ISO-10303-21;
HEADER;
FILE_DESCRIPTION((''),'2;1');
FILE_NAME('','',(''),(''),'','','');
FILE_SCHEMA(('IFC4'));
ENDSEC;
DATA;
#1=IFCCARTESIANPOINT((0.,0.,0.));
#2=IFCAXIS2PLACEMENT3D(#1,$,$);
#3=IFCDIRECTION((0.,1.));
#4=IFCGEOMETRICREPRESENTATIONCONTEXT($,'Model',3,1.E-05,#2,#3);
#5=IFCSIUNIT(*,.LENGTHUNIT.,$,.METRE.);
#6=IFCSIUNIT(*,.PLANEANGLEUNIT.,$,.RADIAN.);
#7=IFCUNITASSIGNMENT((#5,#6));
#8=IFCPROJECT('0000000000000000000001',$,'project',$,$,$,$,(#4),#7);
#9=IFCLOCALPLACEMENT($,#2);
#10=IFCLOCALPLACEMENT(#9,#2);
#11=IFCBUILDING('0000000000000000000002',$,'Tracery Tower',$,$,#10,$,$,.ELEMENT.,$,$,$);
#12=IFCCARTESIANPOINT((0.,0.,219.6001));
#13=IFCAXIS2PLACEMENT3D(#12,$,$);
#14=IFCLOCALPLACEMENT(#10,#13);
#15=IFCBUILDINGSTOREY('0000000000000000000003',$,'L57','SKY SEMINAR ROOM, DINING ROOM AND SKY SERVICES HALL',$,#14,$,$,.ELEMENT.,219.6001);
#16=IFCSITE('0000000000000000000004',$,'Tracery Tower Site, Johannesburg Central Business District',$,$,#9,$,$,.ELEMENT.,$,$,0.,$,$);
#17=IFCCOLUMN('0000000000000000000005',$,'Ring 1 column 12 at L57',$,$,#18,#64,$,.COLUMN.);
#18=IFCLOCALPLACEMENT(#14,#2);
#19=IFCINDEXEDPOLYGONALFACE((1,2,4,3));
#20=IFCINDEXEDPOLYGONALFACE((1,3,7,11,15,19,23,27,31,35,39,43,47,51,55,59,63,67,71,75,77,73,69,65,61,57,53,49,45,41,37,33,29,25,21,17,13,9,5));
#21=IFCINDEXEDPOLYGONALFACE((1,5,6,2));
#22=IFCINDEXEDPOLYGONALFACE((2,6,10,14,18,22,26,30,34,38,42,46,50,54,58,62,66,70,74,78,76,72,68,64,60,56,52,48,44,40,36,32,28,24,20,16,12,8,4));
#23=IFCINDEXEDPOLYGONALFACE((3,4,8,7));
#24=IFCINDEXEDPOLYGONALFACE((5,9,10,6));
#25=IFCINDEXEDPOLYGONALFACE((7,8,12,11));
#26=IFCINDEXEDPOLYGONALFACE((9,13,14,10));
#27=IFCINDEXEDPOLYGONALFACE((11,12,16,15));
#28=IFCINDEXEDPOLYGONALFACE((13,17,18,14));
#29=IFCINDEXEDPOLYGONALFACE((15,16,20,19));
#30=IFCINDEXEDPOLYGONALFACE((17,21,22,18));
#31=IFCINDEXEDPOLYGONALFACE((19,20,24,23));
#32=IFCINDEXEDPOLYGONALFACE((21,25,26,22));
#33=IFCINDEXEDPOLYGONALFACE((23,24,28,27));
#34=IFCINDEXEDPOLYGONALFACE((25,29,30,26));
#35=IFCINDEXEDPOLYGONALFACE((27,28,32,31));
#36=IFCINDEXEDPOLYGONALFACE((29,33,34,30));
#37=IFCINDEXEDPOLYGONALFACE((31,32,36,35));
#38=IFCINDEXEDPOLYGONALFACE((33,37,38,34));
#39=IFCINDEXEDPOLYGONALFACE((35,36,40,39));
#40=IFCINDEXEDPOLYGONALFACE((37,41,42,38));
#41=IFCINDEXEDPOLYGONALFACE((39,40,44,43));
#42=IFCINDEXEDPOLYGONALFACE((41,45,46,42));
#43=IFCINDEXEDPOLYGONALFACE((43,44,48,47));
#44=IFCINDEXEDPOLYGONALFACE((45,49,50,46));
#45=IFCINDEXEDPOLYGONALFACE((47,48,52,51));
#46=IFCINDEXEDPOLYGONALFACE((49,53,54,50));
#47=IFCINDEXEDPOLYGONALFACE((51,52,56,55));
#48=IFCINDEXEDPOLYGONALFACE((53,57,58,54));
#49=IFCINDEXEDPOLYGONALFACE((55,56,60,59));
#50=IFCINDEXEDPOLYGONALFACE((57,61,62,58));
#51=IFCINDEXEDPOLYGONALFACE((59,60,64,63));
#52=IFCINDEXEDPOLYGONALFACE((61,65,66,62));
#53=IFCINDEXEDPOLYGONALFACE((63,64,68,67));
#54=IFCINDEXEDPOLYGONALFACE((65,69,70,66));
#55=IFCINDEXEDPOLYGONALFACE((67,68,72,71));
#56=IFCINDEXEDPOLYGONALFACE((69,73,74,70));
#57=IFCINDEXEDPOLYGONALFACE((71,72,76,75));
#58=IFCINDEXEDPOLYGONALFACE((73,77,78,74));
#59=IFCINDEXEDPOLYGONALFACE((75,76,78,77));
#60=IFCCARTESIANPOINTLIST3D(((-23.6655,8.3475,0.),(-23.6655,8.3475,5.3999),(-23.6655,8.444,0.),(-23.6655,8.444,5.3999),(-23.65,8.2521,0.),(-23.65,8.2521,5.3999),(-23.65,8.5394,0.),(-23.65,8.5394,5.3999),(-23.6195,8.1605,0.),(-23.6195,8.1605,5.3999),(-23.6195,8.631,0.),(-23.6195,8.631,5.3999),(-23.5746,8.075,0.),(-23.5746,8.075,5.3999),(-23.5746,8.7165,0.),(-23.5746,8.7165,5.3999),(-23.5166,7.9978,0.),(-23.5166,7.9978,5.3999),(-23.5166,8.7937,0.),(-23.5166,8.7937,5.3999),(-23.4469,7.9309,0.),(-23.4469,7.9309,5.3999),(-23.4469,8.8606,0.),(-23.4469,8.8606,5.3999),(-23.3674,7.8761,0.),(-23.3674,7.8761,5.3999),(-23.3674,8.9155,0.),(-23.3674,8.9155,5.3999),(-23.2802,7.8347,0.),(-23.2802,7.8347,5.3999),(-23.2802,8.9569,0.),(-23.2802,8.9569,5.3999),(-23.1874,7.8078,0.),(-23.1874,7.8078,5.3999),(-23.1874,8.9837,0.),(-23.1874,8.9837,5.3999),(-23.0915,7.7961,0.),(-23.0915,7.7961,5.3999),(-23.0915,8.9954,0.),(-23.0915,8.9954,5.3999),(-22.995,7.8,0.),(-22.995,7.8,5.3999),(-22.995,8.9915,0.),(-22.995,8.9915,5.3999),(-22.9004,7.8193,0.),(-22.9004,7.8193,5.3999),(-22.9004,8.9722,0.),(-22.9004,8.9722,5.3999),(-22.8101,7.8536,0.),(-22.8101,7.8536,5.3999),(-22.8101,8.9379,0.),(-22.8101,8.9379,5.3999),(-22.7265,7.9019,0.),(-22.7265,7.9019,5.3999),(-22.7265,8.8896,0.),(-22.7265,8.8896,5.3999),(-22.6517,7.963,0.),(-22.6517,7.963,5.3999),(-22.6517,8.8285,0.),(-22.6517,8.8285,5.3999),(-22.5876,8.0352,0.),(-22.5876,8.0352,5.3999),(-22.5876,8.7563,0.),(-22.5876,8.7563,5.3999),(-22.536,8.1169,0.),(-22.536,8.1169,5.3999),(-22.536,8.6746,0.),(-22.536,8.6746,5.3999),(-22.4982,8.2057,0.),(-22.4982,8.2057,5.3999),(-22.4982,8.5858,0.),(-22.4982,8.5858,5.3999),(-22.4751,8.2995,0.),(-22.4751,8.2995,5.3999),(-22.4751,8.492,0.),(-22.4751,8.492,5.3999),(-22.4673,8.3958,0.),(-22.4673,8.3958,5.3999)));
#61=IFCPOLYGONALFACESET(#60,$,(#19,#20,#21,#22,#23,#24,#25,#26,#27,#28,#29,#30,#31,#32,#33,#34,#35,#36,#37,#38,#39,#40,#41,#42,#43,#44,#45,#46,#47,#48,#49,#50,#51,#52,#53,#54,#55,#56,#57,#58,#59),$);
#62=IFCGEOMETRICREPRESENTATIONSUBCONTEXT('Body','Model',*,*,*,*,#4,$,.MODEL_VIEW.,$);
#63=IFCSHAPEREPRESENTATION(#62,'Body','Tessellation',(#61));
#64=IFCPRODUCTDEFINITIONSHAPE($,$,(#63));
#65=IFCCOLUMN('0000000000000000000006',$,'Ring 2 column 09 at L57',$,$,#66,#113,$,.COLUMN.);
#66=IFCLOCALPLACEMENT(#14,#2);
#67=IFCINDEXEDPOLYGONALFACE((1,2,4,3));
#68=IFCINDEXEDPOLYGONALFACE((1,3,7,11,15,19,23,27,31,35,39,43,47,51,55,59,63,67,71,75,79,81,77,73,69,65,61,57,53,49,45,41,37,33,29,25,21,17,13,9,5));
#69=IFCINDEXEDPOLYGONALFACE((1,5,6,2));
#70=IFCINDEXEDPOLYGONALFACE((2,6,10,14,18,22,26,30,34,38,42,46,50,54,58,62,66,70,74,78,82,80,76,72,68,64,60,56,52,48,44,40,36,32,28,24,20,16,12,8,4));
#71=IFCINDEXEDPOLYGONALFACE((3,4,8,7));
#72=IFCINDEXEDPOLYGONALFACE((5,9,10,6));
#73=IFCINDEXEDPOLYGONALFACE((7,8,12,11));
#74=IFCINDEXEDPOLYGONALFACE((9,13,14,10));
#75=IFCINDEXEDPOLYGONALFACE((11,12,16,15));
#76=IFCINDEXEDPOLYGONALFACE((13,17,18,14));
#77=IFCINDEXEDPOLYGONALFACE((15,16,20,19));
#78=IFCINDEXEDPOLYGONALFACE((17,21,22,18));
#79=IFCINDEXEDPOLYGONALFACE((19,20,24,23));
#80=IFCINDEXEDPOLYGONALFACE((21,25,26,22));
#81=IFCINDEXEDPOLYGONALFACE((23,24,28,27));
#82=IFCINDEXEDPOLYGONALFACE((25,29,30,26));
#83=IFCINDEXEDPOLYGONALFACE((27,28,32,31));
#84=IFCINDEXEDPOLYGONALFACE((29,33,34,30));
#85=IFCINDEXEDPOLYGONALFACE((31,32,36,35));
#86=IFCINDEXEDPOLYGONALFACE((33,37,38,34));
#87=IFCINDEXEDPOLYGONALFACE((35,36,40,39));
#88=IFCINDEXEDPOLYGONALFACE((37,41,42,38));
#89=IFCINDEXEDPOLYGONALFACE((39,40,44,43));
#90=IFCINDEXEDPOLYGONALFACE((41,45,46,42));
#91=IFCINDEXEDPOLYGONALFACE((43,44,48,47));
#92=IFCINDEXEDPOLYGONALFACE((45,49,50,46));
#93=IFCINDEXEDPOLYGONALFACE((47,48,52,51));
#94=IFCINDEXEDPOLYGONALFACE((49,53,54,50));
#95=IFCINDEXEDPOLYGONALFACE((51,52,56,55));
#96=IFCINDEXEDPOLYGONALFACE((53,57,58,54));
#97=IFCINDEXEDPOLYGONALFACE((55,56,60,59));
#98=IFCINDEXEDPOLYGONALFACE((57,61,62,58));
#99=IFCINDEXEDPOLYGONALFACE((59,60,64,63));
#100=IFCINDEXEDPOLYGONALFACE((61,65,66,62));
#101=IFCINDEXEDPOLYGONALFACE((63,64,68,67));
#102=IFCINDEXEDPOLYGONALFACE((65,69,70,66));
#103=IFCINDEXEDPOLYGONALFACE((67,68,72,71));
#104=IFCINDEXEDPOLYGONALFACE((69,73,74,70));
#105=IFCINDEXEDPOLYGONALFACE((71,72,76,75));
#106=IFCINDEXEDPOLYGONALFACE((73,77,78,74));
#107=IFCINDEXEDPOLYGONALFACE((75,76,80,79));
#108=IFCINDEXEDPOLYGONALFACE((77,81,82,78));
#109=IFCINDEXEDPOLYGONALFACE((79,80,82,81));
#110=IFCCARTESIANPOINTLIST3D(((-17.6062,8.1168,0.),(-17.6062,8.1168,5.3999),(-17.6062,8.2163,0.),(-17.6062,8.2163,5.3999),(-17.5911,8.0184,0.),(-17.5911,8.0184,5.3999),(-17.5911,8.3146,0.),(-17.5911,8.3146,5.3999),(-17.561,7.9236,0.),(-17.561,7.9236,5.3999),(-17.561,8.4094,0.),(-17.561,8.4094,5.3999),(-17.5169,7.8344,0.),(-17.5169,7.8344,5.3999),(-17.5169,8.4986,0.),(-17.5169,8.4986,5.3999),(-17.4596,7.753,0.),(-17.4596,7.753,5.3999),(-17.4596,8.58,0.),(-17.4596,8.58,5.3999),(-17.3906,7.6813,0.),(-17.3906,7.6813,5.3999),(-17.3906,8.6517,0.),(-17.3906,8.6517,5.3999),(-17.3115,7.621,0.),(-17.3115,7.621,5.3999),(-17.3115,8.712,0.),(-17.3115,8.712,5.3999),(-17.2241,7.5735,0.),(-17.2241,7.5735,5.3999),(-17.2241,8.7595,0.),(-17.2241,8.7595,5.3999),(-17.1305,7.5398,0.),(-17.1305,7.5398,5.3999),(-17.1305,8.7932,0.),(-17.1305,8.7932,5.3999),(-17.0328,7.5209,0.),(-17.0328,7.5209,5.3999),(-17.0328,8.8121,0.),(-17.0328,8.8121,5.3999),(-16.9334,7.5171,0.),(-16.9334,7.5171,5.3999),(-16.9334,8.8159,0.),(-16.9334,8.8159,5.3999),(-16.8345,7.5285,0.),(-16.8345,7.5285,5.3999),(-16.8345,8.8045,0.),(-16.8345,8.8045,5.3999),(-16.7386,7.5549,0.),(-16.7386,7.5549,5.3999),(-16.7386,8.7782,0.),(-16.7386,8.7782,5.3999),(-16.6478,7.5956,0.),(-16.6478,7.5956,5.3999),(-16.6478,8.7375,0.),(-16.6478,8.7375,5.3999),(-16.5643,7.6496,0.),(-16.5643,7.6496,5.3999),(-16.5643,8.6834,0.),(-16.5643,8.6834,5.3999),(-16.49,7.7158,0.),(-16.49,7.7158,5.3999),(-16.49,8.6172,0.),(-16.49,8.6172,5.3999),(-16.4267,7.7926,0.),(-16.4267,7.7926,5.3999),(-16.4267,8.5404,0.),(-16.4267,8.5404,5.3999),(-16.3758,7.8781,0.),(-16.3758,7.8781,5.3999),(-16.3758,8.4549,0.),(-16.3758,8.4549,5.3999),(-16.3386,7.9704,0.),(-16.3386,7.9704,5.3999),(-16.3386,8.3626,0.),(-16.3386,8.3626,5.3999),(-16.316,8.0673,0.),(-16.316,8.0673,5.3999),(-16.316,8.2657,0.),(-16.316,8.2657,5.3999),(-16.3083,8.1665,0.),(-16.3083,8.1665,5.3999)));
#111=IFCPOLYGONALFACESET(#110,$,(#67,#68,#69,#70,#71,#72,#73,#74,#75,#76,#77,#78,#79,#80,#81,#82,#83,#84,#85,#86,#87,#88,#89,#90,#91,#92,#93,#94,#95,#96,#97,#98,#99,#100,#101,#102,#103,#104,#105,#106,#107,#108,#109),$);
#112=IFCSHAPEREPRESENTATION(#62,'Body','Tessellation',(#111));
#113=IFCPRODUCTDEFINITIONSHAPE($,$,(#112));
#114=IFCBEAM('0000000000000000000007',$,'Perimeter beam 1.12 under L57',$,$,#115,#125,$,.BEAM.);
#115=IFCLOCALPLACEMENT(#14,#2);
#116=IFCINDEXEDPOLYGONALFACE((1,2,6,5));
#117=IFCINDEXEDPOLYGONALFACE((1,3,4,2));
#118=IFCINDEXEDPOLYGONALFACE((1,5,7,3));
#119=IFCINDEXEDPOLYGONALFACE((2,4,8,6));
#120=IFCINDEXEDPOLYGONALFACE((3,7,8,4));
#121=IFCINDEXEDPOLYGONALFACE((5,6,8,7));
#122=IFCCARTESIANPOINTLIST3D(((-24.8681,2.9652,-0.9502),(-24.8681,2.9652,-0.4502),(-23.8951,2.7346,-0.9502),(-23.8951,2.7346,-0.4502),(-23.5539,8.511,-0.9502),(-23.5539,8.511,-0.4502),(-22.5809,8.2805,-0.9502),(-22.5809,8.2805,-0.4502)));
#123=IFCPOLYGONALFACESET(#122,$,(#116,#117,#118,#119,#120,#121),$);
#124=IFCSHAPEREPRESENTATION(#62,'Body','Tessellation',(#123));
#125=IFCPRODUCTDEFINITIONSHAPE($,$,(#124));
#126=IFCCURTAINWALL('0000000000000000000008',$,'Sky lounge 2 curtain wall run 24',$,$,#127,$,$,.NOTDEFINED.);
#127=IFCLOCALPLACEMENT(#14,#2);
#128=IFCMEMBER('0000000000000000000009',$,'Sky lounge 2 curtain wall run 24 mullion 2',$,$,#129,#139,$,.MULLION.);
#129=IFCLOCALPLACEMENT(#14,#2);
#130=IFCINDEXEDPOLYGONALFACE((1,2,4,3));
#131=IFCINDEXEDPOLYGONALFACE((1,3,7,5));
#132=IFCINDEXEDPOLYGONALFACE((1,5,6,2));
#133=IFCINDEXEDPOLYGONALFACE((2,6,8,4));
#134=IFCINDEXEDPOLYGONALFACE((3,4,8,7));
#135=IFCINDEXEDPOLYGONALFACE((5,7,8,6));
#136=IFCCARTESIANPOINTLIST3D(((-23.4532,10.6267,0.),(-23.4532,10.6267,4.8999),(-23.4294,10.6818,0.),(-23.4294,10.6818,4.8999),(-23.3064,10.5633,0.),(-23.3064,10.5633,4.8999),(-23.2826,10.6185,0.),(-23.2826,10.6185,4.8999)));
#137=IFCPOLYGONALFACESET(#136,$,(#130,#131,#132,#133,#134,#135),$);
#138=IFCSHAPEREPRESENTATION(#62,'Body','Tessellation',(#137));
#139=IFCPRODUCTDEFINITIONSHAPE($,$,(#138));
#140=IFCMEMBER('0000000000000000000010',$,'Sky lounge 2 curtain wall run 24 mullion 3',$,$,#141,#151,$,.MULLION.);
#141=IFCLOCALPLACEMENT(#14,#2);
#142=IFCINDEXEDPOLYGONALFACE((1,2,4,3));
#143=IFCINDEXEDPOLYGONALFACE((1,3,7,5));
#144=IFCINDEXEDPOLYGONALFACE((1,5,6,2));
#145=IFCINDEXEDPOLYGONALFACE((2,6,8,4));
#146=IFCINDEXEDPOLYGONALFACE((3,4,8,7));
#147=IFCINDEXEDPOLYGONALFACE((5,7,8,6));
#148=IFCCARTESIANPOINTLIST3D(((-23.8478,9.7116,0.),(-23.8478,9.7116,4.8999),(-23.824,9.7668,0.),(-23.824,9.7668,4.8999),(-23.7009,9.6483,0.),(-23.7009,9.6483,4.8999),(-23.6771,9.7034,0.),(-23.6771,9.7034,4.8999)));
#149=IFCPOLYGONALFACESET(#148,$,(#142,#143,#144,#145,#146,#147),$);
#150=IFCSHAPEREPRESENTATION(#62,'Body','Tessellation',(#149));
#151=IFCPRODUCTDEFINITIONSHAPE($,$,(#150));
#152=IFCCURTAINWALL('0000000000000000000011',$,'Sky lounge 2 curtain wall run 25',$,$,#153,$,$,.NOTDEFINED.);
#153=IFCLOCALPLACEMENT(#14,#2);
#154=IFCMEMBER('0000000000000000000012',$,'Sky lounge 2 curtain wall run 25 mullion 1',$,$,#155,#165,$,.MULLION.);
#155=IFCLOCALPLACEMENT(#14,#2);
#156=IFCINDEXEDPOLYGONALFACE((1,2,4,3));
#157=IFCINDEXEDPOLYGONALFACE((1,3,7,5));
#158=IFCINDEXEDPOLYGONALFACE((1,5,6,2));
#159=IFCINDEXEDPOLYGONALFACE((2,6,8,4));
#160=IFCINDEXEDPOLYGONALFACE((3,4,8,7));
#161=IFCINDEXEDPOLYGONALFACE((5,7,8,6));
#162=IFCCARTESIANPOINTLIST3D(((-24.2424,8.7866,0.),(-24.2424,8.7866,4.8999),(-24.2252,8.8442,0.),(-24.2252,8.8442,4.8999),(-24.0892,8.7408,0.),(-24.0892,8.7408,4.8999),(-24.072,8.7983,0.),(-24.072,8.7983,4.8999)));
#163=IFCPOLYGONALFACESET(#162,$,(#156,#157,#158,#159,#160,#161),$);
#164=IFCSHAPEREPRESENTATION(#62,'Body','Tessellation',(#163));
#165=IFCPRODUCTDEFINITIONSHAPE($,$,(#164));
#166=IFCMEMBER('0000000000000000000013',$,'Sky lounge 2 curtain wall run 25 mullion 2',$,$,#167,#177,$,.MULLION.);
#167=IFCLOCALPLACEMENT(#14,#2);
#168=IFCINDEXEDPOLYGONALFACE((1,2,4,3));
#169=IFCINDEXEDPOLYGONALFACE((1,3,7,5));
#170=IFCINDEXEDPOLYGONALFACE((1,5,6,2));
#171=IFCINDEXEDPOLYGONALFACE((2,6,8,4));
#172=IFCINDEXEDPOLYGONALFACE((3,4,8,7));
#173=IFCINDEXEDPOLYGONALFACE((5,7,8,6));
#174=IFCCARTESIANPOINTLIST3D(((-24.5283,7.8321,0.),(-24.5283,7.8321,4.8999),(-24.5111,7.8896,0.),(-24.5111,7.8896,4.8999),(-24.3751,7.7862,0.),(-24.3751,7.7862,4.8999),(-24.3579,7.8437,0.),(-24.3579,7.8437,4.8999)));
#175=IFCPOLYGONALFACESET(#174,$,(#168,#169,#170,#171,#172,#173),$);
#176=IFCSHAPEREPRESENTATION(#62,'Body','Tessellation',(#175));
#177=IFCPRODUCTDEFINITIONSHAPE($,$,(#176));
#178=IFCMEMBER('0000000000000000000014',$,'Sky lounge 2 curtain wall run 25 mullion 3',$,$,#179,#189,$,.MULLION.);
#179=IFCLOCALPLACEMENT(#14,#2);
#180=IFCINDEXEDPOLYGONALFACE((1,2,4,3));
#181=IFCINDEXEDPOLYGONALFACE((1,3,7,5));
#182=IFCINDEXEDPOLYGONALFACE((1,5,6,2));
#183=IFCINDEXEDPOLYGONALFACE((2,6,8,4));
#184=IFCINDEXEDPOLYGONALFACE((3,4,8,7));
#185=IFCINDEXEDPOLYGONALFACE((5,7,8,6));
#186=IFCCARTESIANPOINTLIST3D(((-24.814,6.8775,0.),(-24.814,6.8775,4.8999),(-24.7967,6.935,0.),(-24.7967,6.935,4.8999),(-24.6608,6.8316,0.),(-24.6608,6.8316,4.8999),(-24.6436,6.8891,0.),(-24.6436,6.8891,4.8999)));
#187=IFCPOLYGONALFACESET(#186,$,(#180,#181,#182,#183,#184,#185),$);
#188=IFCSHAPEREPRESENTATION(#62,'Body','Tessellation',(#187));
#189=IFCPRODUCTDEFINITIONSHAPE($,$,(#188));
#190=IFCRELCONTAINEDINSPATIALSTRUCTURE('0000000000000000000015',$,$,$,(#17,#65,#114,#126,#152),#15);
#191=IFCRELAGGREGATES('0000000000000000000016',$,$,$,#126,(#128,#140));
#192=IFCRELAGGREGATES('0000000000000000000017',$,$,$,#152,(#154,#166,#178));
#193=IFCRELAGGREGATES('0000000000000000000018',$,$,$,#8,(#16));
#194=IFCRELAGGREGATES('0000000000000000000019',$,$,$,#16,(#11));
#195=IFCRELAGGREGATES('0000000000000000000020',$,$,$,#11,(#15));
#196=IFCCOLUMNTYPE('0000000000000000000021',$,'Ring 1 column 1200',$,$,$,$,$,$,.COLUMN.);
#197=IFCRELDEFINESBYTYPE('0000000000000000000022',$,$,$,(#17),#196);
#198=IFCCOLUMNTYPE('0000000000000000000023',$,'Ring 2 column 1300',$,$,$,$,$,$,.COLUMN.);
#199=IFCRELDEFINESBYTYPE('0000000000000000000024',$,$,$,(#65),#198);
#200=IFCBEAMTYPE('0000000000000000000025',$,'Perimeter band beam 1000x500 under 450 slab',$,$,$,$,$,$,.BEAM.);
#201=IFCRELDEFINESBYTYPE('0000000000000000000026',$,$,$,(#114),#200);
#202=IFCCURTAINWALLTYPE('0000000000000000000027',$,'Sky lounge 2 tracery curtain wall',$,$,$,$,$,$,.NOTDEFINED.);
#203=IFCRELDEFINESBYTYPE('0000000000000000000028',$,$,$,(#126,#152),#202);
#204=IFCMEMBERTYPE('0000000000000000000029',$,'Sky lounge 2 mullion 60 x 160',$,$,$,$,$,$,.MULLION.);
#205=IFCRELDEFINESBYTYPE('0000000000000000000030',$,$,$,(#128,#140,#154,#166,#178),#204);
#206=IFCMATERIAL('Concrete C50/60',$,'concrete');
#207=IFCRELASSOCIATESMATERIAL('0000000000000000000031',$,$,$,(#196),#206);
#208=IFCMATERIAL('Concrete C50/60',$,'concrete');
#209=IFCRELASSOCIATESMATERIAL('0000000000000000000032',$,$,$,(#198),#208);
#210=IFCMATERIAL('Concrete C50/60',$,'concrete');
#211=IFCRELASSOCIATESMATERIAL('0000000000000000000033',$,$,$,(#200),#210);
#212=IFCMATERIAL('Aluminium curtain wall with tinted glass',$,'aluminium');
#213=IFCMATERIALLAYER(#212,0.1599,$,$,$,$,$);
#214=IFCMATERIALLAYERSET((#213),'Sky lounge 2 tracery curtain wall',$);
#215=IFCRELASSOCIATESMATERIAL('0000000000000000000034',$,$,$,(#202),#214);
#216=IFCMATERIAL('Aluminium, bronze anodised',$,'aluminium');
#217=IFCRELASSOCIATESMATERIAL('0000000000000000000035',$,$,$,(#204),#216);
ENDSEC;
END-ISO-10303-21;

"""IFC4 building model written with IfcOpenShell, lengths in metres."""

from ifc_helpers import new_model, si_unit, direction, frame, origin, origin_2d, place, context, subcontext, project, spatial, rectangle, circle, extrude, material, layer, layer_set, material_profile, profile_set, type_object, element, aggregate, save


model = new_model("IFC4")

# Units and contexts
model_context = context("Model", 3, precision=1e-05, world=origin(), true_north=direction((0.0, 1.0)))
body_context = subcontext(model_context, "Body", "Model", "MODEL_VIEW")
ifc_project = project(units=[si_unit("LENGTHUNIT", "METRE"), si_unit("PLANEANGLEUNIT", "RADIAN")], contexts=[model_context])

# Site, building, storey
site_placement = place(None, origin())
site = spatial("IfcSite", under=ifc_project, at=site_placement, Name="Tracery Tower Site, Johannesburg Central Business District", CompositionType="ELEMENT", RefElevation=0.0)
building_placement = place(site_placement, origin())
building = spatial("IfcBuilding", under=site, at=building_placement, Name="Tracery Tower", CompositionType="ELEMENT")
storey_placement = place(building_placement, frame((0.0, 0.0, 219.6001)))
storey = spatial("IfcBuildingStorey", under=building, at=storey_placement, Name="L57", Description="SKY SEMINAR ROOM, DINING ROOM AND SKY SERVICES HALL", CompositionType="ELEMENT", Elevation=219.6001)

# Columns
ifc_material_1 = material(Name="Concrete C50/60", Category="concrete")
ifc_material_profile_1 = material_profile(ifc_material_1, circle(Radius=0.6001, at=origin_2d()), Name="RC D1200")
ifc_profile_set_1 = profile_set([ifc_material_profile_1], Name="Concrete C50/60")
column_type_1 = type_object("IfcColumnType", Name="Ring 1 column 1200", PredefinedType="COLUMN", material=ifc_profile_set_1)
column_1_placement = place(storey_placement, frame((-23.0674, 8.3958, 0.0), z_axis=(0.0, 0.0, 1.0), x_axis=(1.0, 0.0, 0.0)))
element("IfcColumn", 1, at=column_1_placement, inside=storey, type_object=column_type_1, Name="Ring 1 column 12 at L57", PredefinedType="COLUMN", context=body_context, shape_type="SweptSolid", body=[
    extrude(circle(Radius=0.6001, at=origin_2d()), origin(), (0.0, 0.0, 1.0), 5.3999),
])
ifc_material_2 = material(Name="Concrete C50/60", Category="concrete")
ifc_material_profile_2 = material_profile(ifc_material_2, circle(Radius=0.6499, at=origin_2d()), Name="RC D1300")
ifc_profile_set_2 = profile_set([ifc_material_profile_2], Name="Concrete C50/60")
column_type_2 = type_object("IfcColumnType", Name="Ring 2 column 1300", PredefinedType="COLUMN", material=ifc_profile_set_2)
column_2_placement = place(storey_placement, frame((-16.9583, 8.1665, 0.0), z_axis=(0.0, 0.0, 1.0), x_axis=(1.0, 0.0, 0.0)))
element("IfcColumn", 2, at=column_2_placement, inside=storey, type_object=column_type_2, Name="Ring 2 column 09 at L57", PredefinedType="COLUMN", context=body_context, shape_type="SweptSolid", body=[
    extrude(circle(Radius=0.6499, at=origin_2d()), origin(), (0.0, 0.0, 1.0), 5.3999),
])

# Beam
ifc_material_3 = material(Name="Concrete C50/60", Category="concrete")
ifc_material_profile_3 = material_profile(ifc_material_3, rectangle(XDim=1.0, YDim=0.5, at=origin_2d()), Name="RC 1000x500")
ifc_profile_set_3 = profile_set([ifc_material_profile_3], Name="Concrete C50/60")
beam_type = type_object("IfcBeamType", Name="Perimeter band beam 1000x500 under 450 slab", PredefinedType="BEAM", material=ifc_profile_set_3)
beam_placement = place(storey_placement, frame((-23.0674, 8.3958, -0.7002), z_axis=(-0.230584, -0.973052, 0.0), x_axis=(0.973052, -0.230584, 0.0)))
element("IfcBeam", 3, at=beam_placement, inside=storey, type_object=beam_type, Name="Perimeter beam 1.12 under L57", PredefinedType="BEAM", context=body_context, shape_type="SweptSolid", body=[
    extrude(rectangle(XDim=1.0, YDim=0.5, at=origin_2d()), origin(), (0.0, 0.0, 1.0), 5.6995),
])

# Curtain walls, members
ifc_material_4 = material(Name="Aluminium curtain wall with tinted glass", Category="aluminium")
ifc_layer_1 = layer(ifc_material_4, 0.1599)
ifc_layer_set_1 = layer_set([ifc_layer_1], Name="Sky lounge 2 tracery curtain wall")
curtain_wall_type = type_object("IfcCurtainWallType", Name="Sky lounge 2 tracery curtain wall", PredefinedType="NOTDEFINED", material=ifc_layer_set_1)
curtain_wall_1_placement = place(storey_placement, origin())
curtain_wall_1 = element("IfcCurtainWall", 4, at=curtain_wall_1_placement, inside=storey, type_object=curtain_wall_type, Name="Sky lounge 2 curtain wall run 24", PredefinedType="NOTDEFINED")
ifc_material_5 = material(Name="Aluminium, bronze anodised", Category="aluminium")
ifc_material_profile_4 = material_profile(ifc_material_5, rectangle(XDim=0.1599, YDim=0.0601, at=origin_2d()), Name="AL 60x160")
ifc_profile_set_4 = profile_set([ifc_material_profile_4], Name="Aluminium, bronze anodised")
member_type_1 = type_object("IfcMemberType", Name="Sky lounge 2 mullion 60 x 160", PredefinedType="MULLION", material=ifc_profile_set_4)
member_1_placement = place(storey_placement, frame((-23.3679, 10.6226, 0.0), z_axis=(0.0, 0.0, 1.0), x_axis=(0.918216, -0.39608, 0.0)))
member_1 = element("IfcMember", 5, at=member_1_placement, type_object=member_type_1, Name="Sky lounge 2 curtain wall run 24 mullion 2", PredefinedType="MULLION", context=body_context, shape_type="SweptSolid", body=[
    extrude(rectangle(XDim=0.1599, YDim=0.0601, at=origin_2d()), origin(), (0.0, 0.0, 1.0), 4.8999),
])
member_2_placement = place(storey_placement, frame((-23.7625, 9.7075, 0.0), z_axis=(0.0, 0.0, 1.0), x_axis=(0.918216, -0.39608, 0.0)))
member_2 = element("IfcMember", 6, at=member_2_placement, type_object=member_type_1, Name="Sky lounge 2 curtain wall run 24 mullion 3", PredefinedType="MULLION", context=body_context, shape_type="SweptSolid", body=[
    extrude(rectangle(XDim=0.1599, YDim=0.0601, at=origin_2d()), origin(), (0.0, 0.0, 1.0), 4.8999),
])
curtain_wall_2_placement = place(storey_placement, origin())
curtain_wall_2 = element("IfcCurtainWall", 7, at=curtain_wall_2_placement, inside=storey, type_object=curtain_wall_type, Name="Sky lounge 2 curtain wall run 25", PredefinedType="NOTDEFINED")
member_3_placement = place(storey_placement, frame((-24.1572, 8.7925, 0.0), z_axis=(0.0, 0.0, 1.0), x_axis=(0.95799, -0.286803, 0.0)))
member_3 = element("IfcMember", 8, at=member_3_placement, type_object=member_type_1, Name="Sky lounge 2 curtain wall run 25 mullion 1", PredefinedType="MULLION", context=body_context, shape_type="SweptSolid", body=[
    extrude(rectangle(XDim=0.1599, YDim=0.0601, at=origin_2d()), origin(), (0.0, 0.0, 1.0), 4.8999),
])
member_4_placement = place(storey_placement, frame((-24.4431, 7.8379, 0.0), z_axis=(0.0, 0.0, 1.0), x_axis=(0.95799, -0.286803, 0.0)))
member_4 = element("IfcMember", 9, at=member_4_placement, type_object=member_type_1, Name="Sky lounge 2 curtain wall run 25 mullion 2", PredefinedType="MULLION", context=body_context, shape_type="SweptSolid", body=[
    extrude(rectangle(XDim=0.1599, YDim=0.0601, at=origin_2d()), origin(), (0.0, 0.0, 1.0), 4.8999),
])
member_5_placement = place(storey_placement, frame((-24.7288, 6.8833, 0.0), z_axis=(0.0, 0.0, 1.0), x_axis=(0.95799, -0.286803, 0.0)))
member_5 = element("IfcMember", 10, at=member_5_placement, type_object=member_type_1, Name="Sky lounge 2 curtain wall run 25 mullion 3", PredefinedType="MULLION", context=body_context, shape_type="SweptSolid", body=[
    extrude(rectangle(XDim=0.1599, YDim=0.0601, at=origin_2d()), origin(), (0.0, 0.0, 1.0), 4.8999),
])

aggregate(curtain_wall_1, [member_1, member_2])
aggregate(curtain_wall_2, [member_3, member_4, member_5])

save(model, "model.ifc")
